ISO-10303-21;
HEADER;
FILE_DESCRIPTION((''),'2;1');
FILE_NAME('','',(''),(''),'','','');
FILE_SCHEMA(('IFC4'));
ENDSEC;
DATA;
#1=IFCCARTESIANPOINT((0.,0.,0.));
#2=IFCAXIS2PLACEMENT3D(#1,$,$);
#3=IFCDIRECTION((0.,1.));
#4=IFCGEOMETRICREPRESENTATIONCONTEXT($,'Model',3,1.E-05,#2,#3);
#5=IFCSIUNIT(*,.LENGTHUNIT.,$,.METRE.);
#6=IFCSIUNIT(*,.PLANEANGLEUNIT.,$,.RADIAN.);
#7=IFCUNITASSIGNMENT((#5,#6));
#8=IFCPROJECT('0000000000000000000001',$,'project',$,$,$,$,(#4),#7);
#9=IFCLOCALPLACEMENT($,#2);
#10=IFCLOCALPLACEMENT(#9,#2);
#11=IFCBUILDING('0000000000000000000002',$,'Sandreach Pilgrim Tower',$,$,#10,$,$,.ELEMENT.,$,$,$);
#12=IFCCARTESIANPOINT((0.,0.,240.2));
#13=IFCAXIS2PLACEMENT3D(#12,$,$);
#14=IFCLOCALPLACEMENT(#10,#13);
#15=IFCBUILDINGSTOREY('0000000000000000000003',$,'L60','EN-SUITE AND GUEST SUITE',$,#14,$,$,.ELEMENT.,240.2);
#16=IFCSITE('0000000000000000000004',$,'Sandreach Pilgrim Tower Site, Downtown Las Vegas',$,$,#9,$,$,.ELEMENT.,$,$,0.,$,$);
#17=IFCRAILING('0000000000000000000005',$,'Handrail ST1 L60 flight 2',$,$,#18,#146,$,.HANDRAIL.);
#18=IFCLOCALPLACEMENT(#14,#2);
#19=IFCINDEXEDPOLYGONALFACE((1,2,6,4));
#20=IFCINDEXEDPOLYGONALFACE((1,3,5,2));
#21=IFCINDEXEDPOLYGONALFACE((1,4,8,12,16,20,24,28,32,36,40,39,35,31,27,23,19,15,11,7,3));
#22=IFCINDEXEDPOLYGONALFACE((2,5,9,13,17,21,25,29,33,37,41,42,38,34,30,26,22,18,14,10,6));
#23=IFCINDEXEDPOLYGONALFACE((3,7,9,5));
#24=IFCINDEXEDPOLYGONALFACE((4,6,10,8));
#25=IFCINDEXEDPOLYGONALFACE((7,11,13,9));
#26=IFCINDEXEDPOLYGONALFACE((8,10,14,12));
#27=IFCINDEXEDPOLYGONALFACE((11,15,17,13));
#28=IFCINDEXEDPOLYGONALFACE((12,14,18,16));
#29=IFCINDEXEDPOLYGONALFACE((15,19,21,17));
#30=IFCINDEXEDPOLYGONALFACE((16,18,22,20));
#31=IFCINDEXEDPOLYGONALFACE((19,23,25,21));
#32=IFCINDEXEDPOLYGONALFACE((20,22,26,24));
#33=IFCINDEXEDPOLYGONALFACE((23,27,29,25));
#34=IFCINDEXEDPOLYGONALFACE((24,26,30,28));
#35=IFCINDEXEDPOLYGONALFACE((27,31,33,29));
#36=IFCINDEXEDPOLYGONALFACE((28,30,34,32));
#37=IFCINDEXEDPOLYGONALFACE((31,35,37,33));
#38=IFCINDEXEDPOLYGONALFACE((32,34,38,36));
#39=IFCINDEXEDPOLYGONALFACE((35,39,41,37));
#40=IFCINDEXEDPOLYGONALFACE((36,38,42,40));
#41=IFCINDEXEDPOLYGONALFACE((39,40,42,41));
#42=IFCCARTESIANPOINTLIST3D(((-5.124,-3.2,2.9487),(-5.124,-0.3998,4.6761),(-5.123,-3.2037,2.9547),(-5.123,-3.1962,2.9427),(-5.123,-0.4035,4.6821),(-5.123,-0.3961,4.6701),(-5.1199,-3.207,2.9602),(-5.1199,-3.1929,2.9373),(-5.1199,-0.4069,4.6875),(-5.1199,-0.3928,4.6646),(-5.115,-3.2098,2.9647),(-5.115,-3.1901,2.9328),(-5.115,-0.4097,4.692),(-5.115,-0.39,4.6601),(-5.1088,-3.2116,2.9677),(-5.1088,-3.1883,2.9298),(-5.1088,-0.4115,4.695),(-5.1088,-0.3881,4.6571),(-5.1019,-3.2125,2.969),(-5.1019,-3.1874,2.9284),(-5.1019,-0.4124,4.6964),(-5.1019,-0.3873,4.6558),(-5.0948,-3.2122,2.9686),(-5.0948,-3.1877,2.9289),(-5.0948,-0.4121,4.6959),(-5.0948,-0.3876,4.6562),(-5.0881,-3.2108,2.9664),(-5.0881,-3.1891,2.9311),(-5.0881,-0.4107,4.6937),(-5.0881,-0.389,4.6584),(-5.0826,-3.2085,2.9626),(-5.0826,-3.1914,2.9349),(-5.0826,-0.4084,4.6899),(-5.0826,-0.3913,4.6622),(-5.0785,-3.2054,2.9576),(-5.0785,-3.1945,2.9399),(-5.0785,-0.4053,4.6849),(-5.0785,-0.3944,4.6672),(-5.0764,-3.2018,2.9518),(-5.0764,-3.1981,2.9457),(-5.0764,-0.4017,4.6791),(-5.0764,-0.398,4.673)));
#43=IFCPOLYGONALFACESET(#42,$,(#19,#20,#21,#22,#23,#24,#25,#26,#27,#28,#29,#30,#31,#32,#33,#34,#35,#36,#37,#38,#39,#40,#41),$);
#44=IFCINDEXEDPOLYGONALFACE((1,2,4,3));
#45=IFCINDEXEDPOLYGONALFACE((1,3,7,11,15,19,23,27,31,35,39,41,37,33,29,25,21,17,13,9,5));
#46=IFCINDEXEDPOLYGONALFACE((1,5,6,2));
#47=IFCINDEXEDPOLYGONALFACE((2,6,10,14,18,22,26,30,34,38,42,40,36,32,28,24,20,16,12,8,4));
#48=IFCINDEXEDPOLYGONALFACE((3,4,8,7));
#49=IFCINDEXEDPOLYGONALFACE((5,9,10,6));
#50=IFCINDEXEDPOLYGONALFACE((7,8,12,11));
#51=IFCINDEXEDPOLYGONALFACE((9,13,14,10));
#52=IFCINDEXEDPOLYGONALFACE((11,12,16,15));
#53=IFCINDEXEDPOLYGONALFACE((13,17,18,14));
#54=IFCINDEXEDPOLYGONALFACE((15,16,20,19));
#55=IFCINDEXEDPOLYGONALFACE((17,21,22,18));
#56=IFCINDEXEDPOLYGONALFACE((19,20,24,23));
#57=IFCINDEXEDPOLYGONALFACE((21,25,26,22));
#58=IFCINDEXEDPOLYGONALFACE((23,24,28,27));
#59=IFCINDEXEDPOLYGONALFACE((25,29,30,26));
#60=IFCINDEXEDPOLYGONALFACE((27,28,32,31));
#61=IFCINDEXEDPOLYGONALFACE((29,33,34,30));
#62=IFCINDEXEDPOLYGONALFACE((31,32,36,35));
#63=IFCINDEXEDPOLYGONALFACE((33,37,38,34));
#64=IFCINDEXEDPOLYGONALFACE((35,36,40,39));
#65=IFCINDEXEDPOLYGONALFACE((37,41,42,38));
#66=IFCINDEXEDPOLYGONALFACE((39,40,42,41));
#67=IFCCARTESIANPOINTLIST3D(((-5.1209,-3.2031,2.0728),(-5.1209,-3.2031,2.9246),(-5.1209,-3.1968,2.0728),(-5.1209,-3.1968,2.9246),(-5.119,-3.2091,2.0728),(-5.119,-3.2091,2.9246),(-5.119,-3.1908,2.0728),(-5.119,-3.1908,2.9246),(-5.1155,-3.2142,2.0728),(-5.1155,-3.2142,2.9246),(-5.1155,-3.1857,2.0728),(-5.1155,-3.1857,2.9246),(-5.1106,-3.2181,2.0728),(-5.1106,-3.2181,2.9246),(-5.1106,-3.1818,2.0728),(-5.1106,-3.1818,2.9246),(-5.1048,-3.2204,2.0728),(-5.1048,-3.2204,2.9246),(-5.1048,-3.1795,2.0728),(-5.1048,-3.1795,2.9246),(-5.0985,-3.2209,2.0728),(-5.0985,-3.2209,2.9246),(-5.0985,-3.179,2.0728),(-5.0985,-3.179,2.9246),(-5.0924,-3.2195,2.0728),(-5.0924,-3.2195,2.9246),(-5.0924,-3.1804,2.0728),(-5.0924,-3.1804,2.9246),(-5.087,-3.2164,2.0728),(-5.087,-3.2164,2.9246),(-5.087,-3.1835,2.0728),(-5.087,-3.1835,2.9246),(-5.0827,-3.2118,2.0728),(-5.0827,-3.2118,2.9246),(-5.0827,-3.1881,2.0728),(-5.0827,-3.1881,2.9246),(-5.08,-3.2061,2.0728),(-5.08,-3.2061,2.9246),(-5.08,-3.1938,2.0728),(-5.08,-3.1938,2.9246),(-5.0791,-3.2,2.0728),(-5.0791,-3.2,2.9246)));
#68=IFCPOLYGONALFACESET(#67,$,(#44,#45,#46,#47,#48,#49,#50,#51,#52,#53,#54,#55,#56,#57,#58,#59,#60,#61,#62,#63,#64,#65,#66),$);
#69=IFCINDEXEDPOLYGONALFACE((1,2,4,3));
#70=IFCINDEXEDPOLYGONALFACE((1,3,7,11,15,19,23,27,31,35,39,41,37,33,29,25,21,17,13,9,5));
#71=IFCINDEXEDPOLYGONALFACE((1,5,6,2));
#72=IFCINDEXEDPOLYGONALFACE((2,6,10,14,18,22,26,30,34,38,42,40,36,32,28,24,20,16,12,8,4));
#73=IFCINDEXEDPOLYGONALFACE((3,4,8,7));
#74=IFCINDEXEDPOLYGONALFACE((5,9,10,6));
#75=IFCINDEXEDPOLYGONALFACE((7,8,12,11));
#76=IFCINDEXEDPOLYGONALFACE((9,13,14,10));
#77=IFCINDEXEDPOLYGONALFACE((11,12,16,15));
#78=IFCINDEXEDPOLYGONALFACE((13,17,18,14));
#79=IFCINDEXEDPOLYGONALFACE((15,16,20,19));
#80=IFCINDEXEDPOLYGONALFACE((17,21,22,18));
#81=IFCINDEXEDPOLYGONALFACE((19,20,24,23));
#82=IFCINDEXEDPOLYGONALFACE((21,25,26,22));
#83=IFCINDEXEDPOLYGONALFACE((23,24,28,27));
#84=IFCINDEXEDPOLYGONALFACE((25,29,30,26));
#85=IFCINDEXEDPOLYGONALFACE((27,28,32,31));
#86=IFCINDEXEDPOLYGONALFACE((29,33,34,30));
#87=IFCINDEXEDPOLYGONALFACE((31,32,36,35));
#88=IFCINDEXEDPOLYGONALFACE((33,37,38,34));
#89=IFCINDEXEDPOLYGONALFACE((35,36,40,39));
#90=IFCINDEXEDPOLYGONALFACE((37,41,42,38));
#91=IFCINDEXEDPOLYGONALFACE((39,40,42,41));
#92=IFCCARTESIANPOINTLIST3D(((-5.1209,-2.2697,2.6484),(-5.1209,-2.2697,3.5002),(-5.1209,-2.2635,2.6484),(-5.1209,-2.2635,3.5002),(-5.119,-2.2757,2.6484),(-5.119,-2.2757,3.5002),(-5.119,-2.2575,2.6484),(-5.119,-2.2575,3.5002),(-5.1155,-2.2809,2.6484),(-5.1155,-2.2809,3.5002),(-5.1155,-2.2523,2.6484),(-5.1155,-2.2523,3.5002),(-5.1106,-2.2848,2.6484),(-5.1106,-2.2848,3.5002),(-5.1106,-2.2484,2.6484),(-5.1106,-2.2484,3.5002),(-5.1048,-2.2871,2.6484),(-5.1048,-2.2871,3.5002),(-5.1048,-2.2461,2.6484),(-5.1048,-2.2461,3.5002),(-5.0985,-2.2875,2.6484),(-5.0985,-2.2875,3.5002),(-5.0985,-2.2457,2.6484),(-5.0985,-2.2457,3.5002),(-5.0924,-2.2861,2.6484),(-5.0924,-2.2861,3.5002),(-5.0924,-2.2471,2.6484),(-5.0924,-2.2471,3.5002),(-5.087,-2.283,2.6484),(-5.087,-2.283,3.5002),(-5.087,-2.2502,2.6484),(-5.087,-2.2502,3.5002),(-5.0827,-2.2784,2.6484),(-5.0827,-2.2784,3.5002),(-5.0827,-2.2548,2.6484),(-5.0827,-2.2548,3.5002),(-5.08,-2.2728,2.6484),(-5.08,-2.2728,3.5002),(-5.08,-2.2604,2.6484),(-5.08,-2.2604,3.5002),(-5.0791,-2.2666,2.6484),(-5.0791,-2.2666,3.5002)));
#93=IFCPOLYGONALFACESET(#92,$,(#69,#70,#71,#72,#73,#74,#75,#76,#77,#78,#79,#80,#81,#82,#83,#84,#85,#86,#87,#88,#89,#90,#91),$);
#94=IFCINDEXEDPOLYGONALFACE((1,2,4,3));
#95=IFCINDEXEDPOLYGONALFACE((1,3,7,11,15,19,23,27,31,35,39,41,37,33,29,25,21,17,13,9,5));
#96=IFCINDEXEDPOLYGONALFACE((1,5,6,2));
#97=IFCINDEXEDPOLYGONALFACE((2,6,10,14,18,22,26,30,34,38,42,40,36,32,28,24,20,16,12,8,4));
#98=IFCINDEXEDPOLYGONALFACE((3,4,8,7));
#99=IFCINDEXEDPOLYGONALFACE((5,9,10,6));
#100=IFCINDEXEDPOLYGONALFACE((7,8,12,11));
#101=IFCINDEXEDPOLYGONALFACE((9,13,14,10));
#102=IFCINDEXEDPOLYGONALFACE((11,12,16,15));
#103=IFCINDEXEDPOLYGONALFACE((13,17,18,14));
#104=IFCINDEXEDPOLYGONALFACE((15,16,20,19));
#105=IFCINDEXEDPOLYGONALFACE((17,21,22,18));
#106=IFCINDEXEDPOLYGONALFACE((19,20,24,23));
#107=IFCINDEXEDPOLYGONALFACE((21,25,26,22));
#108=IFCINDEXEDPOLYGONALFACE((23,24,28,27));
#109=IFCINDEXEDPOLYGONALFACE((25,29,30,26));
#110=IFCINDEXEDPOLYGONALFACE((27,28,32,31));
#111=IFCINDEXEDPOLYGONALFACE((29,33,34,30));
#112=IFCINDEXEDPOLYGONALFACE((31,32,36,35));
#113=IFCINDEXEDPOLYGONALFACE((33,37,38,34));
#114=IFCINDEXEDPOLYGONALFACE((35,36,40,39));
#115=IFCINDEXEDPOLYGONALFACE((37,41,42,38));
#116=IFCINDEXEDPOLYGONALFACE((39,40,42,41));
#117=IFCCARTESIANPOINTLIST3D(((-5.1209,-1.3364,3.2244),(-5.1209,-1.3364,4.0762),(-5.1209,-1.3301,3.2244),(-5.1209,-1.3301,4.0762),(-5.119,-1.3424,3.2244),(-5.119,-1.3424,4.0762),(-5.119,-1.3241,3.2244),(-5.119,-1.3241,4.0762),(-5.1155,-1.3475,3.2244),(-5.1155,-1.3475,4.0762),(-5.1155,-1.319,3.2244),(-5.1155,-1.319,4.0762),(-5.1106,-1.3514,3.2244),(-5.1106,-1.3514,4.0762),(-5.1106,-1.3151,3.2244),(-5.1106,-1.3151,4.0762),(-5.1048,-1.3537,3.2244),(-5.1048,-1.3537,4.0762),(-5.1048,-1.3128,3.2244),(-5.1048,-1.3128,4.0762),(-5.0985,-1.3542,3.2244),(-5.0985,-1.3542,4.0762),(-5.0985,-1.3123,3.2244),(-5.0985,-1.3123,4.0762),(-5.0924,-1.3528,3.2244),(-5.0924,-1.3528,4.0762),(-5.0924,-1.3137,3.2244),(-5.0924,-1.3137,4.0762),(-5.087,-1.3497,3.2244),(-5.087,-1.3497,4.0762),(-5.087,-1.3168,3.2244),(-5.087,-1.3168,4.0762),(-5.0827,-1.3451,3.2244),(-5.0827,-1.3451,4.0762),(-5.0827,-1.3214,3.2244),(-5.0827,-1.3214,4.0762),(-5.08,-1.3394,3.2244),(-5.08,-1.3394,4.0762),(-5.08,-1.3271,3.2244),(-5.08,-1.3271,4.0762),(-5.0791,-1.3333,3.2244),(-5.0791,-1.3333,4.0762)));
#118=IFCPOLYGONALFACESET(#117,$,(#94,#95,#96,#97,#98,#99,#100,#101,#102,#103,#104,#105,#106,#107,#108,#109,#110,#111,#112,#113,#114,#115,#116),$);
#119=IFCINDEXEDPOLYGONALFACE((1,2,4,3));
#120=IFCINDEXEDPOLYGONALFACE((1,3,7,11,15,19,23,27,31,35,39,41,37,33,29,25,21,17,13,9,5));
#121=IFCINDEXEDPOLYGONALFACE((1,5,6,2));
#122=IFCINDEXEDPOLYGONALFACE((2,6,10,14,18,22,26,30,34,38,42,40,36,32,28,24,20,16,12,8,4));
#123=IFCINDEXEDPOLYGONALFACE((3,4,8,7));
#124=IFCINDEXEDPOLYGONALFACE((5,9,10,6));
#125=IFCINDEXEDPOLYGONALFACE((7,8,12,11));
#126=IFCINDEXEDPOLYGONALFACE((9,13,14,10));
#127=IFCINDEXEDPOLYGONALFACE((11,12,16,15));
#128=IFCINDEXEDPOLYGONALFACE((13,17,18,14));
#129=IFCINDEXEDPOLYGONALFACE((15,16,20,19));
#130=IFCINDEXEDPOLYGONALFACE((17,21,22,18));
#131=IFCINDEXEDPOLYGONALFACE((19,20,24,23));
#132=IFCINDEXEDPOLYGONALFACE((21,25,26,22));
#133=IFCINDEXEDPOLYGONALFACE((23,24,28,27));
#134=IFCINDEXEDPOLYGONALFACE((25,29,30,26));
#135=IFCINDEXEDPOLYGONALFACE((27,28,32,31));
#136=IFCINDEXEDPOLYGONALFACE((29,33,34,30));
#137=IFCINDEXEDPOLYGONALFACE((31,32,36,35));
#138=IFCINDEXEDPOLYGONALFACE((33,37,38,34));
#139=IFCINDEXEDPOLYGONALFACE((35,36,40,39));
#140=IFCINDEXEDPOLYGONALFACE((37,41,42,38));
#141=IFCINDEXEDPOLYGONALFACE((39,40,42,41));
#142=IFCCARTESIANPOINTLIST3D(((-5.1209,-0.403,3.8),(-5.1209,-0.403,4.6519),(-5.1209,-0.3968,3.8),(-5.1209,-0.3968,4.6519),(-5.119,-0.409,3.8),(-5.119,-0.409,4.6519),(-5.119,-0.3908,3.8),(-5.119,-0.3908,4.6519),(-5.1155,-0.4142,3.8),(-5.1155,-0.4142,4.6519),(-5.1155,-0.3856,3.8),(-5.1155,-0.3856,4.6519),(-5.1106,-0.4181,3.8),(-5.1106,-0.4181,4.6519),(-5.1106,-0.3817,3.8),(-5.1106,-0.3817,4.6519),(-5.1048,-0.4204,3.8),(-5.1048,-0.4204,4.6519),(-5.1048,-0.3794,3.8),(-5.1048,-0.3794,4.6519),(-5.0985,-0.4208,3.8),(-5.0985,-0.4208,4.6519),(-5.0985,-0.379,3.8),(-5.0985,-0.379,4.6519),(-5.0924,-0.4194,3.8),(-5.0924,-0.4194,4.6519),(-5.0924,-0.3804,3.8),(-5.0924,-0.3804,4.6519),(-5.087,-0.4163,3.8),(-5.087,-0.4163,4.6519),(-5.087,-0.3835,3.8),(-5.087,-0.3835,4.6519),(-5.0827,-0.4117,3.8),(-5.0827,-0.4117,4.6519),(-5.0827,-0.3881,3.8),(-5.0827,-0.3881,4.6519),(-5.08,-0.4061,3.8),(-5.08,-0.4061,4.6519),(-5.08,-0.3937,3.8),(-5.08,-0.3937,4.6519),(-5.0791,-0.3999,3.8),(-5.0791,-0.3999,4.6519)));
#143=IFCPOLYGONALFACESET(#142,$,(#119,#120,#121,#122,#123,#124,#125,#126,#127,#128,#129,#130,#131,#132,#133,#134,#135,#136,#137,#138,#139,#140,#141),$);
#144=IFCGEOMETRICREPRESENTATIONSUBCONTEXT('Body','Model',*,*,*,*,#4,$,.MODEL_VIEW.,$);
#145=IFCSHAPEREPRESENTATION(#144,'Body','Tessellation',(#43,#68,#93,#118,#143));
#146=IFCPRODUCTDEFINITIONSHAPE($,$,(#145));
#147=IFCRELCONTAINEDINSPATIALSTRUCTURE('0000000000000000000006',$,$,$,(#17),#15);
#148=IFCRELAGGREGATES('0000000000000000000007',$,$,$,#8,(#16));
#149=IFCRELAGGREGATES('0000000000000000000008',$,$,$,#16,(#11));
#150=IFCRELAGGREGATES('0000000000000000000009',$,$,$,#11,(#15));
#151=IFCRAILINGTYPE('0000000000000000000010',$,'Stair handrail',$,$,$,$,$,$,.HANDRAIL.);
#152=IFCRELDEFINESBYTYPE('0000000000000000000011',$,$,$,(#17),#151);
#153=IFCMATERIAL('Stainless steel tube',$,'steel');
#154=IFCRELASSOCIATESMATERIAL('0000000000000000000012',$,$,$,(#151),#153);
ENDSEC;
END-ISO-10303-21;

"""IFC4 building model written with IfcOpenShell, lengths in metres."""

from ifc_helpers import new_model, si_unit, direction, frame, origin, origin_2d, place, context, subcontext, project, spatial, circle, extrude, material, type_object, element, save


model = new_model("IFC4")

# Units and contexts
model_context = context("Model", 3, precision=1e-05, world=origin(), true_north=direction((0.0, 1.0)))
body_context = subcontext(model_context, "Body", "Model", "MODEL_VIEW")
ifc_project = project(units=[si_unit("LENGTHUNIT", "METRE"), si_unit("PLANEANGLEUNIT", "RADIAN")], contexts=[model_context])

# Site, building, storey
site_placement = place(None, origin())
site = spatial("IfcSite", under=ifc_project, at=site_placement, Name="Sandreach Pilgrim Tower Site, Downtown Las Vegas", CompositionType="ELEMENT", RefElevation=0.0)
building_placement = place(site_placement, origin())
building = spatial("IfcBuilding", under=site, at=building_placement, Name="Sandreach Pilgrim Tower", CompositionType="ELEMENT")
storey_placement = place(building_placement, frame((0.0, 0.0, 240.2)))
storey = spatial("IfcBuildingStorey", under=building, at=storey_placement, Name="L60", Description="EN-SUITE AND GUEST SUITE", CompositionType="ELEMENT", Elevation=240.2)

# Railing
ifc_material_1 = material(Name="Stainless steel tube", Category="steel")
railing_type = type_object("IfcRailingType", Name="Stair handrail", PredefinedType="HANDRAIL", material=ifc_material_1)
for number, where, name in (
    (1, (-5.1001, -3.2, 2.0728), "Handrail ST1 L60 flight 2"),
):
    element("IfcRailing", number, at=place(storey_placement, frame(where)), inside=storey, type_object=railing_type, Name=name, PredefinedType="HANDRAIL", context=body_context, shape_type="SweptSolid", body=[
        extrude(circle(Radius=0.0239, at=origin_2d()), frame((0.0, 0.0, 0.876), z_axis=(0.0, 0.85109, 0.52502), x_axis=(-1.0, 0.0, 0.0)), (0.0, 0.0, 1.0), 3.29),
        extrude(circle(Radius=0.021, at=origin_2d()), origin(), (0.0, 0.0, 1.0), 0.8518),
        extrude(circle(Radius=0.021, at=origin_2d()), frame((0.0, 0.9333, 0.5757)), (0.0, 0.0, 1.0), 0.8518),
        extrude(circle(Radius=0.021, at=origin_2d()), frame((0.0, 1.8667, 1.1516)), (0.0, 0.0, 1.0), 0.8518),
        extrude(circle(Radius=0.021, at=origin_2d()), frame((0.0, 2.8, 1.7273)), (0.0, 0.0, 1.0), 0.8518),
    ])

save(model, "model.ifc")
